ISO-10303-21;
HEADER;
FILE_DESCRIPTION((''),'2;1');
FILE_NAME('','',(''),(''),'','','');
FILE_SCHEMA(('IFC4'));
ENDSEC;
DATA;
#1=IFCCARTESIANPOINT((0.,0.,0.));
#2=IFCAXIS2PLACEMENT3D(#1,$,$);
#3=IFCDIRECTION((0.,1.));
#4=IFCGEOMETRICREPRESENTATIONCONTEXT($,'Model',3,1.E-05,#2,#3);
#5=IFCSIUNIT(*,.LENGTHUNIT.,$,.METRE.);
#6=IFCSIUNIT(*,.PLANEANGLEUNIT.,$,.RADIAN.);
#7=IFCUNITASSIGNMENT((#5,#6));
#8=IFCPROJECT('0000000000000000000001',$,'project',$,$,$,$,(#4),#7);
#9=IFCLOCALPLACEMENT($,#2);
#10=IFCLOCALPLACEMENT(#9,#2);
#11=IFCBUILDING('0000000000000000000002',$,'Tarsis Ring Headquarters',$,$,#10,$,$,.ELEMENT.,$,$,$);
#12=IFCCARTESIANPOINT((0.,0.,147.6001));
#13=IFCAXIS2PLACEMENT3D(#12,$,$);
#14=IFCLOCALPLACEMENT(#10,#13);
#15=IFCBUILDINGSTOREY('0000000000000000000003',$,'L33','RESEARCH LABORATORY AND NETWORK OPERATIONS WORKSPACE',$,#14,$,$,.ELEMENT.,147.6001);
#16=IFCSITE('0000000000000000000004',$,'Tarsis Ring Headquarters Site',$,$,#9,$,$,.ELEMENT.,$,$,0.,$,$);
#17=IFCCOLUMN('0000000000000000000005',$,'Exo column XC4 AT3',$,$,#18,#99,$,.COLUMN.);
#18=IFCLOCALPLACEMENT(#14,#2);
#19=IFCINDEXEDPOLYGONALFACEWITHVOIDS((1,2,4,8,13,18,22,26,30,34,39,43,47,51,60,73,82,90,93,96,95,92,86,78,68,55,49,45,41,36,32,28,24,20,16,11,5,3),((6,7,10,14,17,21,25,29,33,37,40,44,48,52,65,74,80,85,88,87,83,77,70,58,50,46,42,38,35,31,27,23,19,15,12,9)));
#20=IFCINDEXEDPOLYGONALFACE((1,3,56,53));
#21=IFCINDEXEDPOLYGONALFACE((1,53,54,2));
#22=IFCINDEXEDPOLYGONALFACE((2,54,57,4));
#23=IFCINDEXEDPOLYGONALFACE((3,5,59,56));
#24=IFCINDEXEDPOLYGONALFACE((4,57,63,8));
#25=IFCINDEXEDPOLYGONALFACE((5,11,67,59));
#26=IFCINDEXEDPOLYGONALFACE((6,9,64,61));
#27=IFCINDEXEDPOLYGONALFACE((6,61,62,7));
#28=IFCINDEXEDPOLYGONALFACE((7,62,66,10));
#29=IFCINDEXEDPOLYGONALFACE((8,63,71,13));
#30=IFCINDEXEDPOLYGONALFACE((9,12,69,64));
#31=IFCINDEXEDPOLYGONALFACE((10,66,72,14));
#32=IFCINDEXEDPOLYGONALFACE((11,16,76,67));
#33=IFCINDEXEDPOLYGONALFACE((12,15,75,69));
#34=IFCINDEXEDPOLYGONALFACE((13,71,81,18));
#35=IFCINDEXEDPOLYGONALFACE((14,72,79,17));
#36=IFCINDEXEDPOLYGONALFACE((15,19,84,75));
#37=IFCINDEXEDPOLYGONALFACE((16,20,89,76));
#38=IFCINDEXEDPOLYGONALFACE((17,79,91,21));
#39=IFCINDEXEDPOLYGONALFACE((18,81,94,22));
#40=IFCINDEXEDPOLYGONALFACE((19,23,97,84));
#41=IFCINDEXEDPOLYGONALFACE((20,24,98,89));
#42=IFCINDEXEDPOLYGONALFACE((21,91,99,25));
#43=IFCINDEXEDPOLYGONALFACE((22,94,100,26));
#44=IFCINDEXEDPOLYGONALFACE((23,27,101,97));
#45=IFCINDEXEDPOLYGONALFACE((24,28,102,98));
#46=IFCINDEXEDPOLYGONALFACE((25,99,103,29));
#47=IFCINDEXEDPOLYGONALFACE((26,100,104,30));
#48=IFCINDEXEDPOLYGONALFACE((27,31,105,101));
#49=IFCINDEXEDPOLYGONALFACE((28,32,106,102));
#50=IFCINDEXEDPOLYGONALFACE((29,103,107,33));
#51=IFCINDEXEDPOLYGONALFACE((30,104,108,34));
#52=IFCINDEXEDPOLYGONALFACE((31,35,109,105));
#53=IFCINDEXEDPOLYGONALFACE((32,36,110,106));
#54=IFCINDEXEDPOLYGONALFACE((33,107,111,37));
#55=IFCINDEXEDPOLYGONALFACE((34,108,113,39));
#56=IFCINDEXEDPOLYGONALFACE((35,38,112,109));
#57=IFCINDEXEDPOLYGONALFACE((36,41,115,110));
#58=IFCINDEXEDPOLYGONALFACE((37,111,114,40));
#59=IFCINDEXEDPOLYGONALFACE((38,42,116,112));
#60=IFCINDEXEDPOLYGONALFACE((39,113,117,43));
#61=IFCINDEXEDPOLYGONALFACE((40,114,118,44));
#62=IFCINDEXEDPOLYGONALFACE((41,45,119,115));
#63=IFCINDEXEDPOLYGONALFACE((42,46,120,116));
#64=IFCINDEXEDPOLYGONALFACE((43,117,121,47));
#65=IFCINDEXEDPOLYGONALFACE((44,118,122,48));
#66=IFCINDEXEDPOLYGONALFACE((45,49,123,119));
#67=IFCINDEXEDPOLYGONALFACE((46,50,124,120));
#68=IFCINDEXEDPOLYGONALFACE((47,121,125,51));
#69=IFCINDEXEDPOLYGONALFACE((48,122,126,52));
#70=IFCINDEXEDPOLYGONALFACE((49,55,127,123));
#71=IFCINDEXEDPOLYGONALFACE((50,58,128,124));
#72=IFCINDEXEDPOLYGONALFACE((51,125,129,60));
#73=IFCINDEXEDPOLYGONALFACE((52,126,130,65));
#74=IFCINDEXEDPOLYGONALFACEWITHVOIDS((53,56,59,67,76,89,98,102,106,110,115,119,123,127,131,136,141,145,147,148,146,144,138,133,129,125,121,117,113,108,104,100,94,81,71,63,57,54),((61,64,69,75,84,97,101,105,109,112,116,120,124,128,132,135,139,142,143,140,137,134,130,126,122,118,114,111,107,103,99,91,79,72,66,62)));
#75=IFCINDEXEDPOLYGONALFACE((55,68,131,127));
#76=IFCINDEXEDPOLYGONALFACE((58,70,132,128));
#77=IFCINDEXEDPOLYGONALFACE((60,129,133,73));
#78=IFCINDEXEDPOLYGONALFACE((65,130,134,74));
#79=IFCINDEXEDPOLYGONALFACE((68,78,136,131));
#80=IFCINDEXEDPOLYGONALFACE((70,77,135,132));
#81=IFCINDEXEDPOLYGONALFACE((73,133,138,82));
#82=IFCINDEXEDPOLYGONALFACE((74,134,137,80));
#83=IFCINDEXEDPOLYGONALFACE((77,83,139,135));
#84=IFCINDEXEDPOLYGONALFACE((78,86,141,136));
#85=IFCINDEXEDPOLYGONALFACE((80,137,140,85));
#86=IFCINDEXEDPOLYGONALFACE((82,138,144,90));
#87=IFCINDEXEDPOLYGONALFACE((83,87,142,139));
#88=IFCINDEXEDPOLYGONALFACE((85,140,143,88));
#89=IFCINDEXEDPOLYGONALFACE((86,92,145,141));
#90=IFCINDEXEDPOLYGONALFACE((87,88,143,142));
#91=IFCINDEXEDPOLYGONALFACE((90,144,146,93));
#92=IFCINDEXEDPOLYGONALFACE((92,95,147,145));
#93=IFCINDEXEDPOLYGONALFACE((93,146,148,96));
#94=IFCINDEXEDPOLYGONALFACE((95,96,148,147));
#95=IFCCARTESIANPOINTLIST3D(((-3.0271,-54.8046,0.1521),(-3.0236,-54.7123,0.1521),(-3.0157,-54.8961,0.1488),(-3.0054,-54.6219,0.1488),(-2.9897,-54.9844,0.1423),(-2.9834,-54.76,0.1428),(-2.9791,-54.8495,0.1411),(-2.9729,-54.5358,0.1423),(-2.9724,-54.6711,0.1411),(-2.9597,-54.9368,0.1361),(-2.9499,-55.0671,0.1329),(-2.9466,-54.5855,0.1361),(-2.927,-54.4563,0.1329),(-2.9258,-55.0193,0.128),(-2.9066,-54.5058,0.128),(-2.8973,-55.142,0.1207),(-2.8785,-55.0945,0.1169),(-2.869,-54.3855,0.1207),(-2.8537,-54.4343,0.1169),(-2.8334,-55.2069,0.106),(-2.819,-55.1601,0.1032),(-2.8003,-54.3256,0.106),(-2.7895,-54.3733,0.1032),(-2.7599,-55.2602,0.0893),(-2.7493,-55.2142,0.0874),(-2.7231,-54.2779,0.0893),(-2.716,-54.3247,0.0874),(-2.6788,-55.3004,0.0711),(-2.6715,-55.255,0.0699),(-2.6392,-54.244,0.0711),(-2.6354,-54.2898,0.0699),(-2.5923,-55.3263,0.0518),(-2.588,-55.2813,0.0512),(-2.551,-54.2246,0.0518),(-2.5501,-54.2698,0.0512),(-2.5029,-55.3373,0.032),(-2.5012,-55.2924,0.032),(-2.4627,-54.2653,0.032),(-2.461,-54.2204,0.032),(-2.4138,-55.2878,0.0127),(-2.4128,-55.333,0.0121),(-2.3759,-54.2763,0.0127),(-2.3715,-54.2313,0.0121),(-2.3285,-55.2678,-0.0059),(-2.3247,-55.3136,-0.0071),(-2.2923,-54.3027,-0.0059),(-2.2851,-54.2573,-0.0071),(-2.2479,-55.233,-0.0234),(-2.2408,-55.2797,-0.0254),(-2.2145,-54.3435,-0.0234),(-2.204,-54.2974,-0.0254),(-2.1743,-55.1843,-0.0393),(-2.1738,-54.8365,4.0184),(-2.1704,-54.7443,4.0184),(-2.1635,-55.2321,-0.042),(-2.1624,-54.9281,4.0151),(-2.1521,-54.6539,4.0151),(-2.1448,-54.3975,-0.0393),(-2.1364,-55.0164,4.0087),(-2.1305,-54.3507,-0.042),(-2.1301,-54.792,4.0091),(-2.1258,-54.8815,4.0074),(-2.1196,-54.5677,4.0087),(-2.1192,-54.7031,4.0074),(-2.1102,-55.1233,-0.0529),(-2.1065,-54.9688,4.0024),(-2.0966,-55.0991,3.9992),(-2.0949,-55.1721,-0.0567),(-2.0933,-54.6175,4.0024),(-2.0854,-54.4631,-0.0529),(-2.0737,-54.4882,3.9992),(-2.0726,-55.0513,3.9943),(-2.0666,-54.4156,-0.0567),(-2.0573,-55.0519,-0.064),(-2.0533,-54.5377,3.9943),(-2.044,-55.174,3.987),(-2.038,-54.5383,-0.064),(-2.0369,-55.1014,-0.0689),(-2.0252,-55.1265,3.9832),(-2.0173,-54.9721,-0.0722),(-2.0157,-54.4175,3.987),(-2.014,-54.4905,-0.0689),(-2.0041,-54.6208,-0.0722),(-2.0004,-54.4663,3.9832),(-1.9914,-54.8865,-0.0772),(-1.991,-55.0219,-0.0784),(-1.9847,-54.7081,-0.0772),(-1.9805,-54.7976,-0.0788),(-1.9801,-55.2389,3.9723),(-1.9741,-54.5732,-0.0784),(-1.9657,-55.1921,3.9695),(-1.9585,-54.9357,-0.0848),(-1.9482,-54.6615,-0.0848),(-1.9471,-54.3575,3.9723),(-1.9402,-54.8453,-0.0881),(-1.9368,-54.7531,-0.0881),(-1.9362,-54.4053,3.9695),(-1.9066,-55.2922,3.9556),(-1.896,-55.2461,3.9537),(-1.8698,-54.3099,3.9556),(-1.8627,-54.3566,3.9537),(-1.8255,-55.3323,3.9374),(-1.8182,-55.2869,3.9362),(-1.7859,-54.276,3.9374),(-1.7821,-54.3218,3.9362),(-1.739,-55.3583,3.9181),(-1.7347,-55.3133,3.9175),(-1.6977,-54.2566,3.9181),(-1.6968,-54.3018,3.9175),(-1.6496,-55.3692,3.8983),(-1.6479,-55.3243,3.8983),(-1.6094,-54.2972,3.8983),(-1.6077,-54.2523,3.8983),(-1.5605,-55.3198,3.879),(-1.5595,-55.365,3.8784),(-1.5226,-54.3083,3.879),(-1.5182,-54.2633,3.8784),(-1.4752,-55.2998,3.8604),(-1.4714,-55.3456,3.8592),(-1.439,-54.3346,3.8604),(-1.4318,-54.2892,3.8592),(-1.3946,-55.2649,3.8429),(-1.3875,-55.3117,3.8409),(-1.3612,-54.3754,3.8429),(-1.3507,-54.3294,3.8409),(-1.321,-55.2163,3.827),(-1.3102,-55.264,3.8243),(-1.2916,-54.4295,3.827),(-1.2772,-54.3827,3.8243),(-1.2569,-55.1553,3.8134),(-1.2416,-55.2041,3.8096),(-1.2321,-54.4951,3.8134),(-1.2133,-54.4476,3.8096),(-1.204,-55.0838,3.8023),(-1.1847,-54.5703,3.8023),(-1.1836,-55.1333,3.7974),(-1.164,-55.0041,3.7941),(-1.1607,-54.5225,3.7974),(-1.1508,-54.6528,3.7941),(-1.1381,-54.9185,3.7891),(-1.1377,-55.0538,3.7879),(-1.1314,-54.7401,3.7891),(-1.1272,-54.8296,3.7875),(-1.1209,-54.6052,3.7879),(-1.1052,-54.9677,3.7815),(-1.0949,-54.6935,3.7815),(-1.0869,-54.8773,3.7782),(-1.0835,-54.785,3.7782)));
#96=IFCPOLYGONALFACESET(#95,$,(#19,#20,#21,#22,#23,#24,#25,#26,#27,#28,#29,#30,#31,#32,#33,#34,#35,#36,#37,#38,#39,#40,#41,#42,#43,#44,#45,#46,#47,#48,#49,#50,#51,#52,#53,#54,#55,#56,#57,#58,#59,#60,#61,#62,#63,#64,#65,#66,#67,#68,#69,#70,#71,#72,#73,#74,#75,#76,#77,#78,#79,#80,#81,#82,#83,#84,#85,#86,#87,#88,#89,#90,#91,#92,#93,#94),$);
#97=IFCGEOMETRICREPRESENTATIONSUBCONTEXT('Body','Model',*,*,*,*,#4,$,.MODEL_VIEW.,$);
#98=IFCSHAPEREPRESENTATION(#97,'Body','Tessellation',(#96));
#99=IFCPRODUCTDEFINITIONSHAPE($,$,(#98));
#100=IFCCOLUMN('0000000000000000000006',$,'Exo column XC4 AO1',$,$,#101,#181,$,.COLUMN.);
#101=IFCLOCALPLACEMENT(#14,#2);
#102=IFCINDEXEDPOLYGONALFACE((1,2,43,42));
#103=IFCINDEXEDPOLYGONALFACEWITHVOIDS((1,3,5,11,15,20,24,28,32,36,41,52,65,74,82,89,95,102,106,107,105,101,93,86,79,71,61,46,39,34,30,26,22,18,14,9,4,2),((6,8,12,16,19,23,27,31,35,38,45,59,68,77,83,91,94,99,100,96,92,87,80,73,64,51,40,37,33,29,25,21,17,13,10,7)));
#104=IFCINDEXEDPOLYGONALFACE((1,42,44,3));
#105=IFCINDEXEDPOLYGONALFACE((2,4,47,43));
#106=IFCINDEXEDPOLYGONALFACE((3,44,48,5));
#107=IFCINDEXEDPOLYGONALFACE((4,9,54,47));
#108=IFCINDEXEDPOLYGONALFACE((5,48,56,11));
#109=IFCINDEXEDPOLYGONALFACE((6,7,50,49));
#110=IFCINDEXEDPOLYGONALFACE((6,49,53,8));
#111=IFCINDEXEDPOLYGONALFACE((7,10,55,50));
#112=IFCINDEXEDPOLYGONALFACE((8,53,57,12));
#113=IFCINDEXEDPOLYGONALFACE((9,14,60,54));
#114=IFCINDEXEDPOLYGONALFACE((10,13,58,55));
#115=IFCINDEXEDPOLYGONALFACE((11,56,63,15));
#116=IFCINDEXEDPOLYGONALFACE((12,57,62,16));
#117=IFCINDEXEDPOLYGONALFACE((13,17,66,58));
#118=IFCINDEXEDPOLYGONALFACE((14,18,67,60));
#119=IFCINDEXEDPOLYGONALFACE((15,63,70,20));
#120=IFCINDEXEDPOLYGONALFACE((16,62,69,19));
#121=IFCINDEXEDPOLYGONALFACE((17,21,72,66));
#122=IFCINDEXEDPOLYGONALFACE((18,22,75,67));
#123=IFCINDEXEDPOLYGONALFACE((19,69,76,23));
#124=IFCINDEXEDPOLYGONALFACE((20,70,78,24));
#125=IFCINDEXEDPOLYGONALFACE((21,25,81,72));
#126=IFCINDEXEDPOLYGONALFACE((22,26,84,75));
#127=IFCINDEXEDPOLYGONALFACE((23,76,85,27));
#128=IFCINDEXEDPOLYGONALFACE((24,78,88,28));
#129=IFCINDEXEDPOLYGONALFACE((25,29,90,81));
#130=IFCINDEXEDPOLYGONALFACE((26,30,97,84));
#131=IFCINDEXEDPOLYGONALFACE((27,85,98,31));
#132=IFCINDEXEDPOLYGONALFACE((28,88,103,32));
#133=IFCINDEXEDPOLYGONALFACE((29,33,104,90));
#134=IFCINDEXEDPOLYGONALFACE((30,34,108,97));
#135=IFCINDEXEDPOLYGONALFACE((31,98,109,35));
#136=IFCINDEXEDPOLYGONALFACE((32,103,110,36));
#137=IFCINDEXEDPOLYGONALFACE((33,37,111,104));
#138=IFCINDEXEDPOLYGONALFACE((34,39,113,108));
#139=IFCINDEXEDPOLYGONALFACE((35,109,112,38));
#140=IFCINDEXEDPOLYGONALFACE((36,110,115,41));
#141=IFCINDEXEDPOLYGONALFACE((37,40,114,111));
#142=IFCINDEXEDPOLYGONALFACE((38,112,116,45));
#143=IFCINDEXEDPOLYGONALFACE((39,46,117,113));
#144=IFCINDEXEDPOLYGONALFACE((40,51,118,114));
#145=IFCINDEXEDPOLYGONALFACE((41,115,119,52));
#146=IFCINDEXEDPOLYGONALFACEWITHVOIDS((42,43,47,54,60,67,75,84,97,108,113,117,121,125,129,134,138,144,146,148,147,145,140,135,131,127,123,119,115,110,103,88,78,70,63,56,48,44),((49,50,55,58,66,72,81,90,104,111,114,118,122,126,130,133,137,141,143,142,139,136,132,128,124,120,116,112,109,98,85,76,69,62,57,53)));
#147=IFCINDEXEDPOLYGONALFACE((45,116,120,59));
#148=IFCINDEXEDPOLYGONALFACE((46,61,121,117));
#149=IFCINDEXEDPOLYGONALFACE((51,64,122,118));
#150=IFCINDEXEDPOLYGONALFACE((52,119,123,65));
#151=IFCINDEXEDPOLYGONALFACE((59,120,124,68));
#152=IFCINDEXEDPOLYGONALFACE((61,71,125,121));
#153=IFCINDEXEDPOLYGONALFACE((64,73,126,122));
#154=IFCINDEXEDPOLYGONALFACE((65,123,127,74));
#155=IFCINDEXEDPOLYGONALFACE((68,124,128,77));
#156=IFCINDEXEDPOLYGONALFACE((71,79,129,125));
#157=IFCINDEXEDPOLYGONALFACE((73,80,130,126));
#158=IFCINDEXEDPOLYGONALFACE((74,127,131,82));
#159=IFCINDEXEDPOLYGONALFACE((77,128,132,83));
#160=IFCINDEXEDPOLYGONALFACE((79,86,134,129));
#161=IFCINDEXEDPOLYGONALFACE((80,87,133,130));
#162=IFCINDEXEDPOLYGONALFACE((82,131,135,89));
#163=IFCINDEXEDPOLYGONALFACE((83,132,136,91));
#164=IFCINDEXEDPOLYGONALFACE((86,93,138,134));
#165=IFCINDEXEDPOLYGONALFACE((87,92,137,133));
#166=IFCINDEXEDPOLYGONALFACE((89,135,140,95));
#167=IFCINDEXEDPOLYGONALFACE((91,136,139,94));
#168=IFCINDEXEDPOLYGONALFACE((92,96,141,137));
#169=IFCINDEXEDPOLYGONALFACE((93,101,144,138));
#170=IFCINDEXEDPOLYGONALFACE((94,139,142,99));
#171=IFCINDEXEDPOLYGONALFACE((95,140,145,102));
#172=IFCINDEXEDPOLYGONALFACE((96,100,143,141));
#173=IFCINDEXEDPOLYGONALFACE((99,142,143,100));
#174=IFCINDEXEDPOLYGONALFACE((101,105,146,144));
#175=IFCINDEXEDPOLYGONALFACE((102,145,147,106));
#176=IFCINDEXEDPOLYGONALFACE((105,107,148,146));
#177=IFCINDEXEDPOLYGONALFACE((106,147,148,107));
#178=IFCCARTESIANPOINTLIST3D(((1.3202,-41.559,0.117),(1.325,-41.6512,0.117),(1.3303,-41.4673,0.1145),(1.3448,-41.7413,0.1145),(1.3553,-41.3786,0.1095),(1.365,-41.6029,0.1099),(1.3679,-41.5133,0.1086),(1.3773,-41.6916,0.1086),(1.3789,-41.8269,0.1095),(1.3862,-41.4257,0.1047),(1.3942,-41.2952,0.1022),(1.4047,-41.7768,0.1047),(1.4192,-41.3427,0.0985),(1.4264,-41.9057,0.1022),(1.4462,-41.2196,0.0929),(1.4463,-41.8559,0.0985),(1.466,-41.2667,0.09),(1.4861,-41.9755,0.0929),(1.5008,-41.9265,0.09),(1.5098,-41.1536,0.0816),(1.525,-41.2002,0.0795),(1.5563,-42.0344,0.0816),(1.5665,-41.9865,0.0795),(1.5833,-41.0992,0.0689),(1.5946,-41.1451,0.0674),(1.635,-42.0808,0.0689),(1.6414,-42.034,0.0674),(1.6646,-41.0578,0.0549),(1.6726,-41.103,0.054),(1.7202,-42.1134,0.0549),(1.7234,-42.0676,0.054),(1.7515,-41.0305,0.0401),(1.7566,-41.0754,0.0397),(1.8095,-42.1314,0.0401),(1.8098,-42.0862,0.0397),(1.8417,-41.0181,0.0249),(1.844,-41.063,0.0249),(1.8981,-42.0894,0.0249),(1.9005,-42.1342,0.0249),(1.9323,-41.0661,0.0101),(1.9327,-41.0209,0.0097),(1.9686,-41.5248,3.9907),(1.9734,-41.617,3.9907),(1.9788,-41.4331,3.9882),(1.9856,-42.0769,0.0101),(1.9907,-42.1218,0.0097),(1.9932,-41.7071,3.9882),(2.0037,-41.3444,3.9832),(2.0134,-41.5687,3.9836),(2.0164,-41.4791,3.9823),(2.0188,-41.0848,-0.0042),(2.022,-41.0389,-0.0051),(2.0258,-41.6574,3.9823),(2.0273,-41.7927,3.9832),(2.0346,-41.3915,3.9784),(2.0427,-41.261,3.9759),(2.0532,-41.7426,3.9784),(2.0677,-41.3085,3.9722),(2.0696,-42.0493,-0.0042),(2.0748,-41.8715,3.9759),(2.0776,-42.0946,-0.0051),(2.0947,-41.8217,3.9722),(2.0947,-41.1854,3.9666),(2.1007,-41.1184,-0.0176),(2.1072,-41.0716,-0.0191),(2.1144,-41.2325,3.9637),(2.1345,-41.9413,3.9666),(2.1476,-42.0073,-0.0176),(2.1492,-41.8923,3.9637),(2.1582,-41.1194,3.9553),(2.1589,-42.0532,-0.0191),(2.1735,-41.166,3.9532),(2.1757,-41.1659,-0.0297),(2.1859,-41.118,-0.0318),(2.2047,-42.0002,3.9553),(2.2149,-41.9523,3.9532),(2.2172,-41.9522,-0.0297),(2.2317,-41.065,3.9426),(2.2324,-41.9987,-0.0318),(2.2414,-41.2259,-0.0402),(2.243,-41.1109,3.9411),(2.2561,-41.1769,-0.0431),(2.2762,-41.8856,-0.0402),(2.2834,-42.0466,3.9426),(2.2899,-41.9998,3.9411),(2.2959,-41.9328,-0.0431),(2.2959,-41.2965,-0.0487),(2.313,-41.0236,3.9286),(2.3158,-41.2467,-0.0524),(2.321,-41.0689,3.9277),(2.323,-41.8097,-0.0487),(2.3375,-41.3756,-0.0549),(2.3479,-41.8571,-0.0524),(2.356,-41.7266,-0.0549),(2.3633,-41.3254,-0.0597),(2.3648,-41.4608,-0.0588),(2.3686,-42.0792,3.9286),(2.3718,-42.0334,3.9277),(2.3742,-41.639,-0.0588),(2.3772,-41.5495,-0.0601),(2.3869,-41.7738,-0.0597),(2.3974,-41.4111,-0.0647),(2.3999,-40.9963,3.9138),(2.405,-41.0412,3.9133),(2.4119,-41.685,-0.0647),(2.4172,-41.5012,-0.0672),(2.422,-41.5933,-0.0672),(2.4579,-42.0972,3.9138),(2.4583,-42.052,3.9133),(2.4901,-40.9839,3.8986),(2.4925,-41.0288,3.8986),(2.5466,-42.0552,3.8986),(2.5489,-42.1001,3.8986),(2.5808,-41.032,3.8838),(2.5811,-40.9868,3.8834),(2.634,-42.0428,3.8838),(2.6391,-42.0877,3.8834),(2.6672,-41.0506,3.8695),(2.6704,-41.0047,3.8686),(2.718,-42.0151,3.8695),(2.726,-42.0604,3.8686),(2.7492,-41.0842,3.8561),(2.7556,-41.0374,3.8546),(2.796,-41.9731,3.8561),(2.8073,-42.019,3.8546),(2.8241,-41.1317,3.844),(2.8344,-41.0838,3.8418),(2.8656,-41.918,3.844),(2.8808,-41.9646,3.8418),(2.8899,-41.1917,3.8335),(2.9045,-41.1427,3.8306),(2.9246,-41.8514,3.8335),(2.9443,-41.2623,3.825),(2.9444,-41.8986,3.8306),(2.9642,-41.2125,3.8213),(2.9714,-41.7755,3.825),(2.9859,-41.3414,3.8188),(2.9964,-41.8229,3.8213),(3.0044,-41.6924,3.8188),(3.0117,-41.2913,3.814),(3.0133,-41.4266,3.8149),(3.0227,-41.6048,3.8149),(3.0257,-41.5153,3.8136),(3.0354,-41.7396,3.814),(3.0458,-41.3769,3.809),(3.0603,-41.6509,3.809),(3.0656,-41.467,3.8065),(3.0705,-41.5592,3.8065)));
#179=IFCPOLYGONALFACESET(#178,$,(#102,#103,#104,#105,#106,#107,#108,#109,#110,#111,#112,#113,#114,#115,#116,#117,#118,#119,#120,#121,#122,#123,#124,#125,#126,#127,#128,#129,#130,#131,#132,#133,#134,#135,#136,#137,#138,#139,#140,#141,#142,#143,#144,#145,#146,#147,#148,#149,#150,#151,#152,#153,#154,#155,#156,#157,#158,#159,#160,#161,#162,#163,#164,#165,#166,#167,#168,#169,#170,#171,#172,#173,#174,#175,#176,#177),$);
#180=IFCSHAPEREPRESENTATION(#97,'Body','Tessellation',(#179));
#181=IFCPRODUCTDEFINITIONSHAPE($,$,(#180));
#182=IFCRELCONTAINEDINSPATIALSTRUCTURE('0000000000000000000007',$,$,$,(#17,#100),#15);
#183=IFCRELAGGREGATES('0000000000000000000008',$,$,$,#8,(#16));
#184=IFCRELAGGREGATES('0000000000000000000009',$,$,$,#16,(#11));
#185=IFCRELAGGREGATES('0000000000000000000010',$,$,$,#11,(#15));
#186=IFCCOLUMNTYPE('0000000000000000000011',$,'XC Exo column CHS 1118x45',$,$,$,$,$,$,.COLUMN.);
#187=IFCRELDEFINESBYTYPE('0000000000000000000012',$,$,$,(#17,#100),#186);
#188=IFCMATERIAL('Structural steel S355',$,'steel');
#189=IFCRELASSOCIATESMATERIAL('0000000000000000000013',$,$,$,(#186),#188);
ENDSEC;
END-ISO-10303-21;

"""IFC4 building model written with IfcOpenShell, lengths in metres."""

from ifc_helpers import new_model, si_unit, direction, frame, origin, origin_2d, place, context, subcontext, project, spatial, hollow_circle, extrude, material, material_profile, profile_set, type_object, element, save


model = new_model("IFC4")

# Units and contexts
model_context = context("Model", 3, precision=1e-05, world=origin(), true_north=direction((0.0, 1.0)))
body_context = subcontext(model_context, "Body", "Model", "MODEL_VIEW")
ifc_project = project(units=[si_unit("LENGTHUNIT", "METRE"), si_unit("PLANEANGLEUNIT", "RADIAN")], contexts=[model_context])

# Site, building, storey
site_placement = place(None, origin())
site = spatial("IfcSite", under=ifc_project, at=site_placement, Name="Tarsis Ring Headquarters Site", CompositionType="ELEMENT", RefElevation=0.0)
building_placement = place(site_placement, origin())
building = spatial("IfcBuilding", under=site, at=building_placement, Name="Tarsis Ring Headquarters", CompositionType="ELEMENT")
storey_placement = place(building_placement, frame((0.0, 0.0, 147.6001)))
storey = spatial("IfcBuildingStorey", under=building, at=storey_placement, Name="L33", Description="RESEARCH LABORATORY AND NETWORK OPERATIONS WORKSPACE", CompositionType="ELEMENT", Elevation=147.6001)

# Columns
ifc_material_1 = material(Name="Structural steel S355", Category="steel")
ifc_material_profile_1 = material_profile(ifc_material_1, hollow_circle(Radius=0.5588, WallThickness=0.0449, at=origin_2d()), Name="CHS 1118x45")
ifc_profile_set_1 = profile_set([ifc_material_profile_1], Name="Structural steel S355")
column_type = type_object("IfcColumnType", Name="XC Exo column CHS 1118x45", PredefinedType="COLUMN", material=ifc_profile_set_1)
column_1_placement = place(storey_placement, frame((-2.4819, -54.7788, 0.032), z_axis=(0.215506, -0.008078, 0.976469), x_axis=(0.037456, 0.999298, 0.0)))
element("IfcColumn", 1, at=column_1_placement, inside=storey, type_object=column_type, Name="Exo column XC4 AT3", PredefinedType="COLUMN", context=body_context, shape_type="SweptSolid", body=[
    extrude(hollow_circle(Radius=0.5588, WallThickness=0.0449, at=origin_2d()), origin(), (0.0, 0.0, 1.0), 3.9595),
])
column_2_placement = place(storey_placement, frame((1.8711, -41.5762, 0.0249), z_axis=(0.165088, 0.008702, 0.98624), x_axis=(-0.052638, 0.998614, 0.0)))
element("IfcColumn", 2, at=column_2_placement, inside=storey, type_object=column_type, Name="Exo column XC4 AO1", PredefinedType="COLUMN", context=body_context, shape_type="SweptSolid", body=[
    extrude(hollow_circle(Radius=0.5588, WallThickness=0.0449, at=origin_2d()), origin(), (0.0, 0.0, 1.0), 3.9277),
])

save(model, "model.ifc")
